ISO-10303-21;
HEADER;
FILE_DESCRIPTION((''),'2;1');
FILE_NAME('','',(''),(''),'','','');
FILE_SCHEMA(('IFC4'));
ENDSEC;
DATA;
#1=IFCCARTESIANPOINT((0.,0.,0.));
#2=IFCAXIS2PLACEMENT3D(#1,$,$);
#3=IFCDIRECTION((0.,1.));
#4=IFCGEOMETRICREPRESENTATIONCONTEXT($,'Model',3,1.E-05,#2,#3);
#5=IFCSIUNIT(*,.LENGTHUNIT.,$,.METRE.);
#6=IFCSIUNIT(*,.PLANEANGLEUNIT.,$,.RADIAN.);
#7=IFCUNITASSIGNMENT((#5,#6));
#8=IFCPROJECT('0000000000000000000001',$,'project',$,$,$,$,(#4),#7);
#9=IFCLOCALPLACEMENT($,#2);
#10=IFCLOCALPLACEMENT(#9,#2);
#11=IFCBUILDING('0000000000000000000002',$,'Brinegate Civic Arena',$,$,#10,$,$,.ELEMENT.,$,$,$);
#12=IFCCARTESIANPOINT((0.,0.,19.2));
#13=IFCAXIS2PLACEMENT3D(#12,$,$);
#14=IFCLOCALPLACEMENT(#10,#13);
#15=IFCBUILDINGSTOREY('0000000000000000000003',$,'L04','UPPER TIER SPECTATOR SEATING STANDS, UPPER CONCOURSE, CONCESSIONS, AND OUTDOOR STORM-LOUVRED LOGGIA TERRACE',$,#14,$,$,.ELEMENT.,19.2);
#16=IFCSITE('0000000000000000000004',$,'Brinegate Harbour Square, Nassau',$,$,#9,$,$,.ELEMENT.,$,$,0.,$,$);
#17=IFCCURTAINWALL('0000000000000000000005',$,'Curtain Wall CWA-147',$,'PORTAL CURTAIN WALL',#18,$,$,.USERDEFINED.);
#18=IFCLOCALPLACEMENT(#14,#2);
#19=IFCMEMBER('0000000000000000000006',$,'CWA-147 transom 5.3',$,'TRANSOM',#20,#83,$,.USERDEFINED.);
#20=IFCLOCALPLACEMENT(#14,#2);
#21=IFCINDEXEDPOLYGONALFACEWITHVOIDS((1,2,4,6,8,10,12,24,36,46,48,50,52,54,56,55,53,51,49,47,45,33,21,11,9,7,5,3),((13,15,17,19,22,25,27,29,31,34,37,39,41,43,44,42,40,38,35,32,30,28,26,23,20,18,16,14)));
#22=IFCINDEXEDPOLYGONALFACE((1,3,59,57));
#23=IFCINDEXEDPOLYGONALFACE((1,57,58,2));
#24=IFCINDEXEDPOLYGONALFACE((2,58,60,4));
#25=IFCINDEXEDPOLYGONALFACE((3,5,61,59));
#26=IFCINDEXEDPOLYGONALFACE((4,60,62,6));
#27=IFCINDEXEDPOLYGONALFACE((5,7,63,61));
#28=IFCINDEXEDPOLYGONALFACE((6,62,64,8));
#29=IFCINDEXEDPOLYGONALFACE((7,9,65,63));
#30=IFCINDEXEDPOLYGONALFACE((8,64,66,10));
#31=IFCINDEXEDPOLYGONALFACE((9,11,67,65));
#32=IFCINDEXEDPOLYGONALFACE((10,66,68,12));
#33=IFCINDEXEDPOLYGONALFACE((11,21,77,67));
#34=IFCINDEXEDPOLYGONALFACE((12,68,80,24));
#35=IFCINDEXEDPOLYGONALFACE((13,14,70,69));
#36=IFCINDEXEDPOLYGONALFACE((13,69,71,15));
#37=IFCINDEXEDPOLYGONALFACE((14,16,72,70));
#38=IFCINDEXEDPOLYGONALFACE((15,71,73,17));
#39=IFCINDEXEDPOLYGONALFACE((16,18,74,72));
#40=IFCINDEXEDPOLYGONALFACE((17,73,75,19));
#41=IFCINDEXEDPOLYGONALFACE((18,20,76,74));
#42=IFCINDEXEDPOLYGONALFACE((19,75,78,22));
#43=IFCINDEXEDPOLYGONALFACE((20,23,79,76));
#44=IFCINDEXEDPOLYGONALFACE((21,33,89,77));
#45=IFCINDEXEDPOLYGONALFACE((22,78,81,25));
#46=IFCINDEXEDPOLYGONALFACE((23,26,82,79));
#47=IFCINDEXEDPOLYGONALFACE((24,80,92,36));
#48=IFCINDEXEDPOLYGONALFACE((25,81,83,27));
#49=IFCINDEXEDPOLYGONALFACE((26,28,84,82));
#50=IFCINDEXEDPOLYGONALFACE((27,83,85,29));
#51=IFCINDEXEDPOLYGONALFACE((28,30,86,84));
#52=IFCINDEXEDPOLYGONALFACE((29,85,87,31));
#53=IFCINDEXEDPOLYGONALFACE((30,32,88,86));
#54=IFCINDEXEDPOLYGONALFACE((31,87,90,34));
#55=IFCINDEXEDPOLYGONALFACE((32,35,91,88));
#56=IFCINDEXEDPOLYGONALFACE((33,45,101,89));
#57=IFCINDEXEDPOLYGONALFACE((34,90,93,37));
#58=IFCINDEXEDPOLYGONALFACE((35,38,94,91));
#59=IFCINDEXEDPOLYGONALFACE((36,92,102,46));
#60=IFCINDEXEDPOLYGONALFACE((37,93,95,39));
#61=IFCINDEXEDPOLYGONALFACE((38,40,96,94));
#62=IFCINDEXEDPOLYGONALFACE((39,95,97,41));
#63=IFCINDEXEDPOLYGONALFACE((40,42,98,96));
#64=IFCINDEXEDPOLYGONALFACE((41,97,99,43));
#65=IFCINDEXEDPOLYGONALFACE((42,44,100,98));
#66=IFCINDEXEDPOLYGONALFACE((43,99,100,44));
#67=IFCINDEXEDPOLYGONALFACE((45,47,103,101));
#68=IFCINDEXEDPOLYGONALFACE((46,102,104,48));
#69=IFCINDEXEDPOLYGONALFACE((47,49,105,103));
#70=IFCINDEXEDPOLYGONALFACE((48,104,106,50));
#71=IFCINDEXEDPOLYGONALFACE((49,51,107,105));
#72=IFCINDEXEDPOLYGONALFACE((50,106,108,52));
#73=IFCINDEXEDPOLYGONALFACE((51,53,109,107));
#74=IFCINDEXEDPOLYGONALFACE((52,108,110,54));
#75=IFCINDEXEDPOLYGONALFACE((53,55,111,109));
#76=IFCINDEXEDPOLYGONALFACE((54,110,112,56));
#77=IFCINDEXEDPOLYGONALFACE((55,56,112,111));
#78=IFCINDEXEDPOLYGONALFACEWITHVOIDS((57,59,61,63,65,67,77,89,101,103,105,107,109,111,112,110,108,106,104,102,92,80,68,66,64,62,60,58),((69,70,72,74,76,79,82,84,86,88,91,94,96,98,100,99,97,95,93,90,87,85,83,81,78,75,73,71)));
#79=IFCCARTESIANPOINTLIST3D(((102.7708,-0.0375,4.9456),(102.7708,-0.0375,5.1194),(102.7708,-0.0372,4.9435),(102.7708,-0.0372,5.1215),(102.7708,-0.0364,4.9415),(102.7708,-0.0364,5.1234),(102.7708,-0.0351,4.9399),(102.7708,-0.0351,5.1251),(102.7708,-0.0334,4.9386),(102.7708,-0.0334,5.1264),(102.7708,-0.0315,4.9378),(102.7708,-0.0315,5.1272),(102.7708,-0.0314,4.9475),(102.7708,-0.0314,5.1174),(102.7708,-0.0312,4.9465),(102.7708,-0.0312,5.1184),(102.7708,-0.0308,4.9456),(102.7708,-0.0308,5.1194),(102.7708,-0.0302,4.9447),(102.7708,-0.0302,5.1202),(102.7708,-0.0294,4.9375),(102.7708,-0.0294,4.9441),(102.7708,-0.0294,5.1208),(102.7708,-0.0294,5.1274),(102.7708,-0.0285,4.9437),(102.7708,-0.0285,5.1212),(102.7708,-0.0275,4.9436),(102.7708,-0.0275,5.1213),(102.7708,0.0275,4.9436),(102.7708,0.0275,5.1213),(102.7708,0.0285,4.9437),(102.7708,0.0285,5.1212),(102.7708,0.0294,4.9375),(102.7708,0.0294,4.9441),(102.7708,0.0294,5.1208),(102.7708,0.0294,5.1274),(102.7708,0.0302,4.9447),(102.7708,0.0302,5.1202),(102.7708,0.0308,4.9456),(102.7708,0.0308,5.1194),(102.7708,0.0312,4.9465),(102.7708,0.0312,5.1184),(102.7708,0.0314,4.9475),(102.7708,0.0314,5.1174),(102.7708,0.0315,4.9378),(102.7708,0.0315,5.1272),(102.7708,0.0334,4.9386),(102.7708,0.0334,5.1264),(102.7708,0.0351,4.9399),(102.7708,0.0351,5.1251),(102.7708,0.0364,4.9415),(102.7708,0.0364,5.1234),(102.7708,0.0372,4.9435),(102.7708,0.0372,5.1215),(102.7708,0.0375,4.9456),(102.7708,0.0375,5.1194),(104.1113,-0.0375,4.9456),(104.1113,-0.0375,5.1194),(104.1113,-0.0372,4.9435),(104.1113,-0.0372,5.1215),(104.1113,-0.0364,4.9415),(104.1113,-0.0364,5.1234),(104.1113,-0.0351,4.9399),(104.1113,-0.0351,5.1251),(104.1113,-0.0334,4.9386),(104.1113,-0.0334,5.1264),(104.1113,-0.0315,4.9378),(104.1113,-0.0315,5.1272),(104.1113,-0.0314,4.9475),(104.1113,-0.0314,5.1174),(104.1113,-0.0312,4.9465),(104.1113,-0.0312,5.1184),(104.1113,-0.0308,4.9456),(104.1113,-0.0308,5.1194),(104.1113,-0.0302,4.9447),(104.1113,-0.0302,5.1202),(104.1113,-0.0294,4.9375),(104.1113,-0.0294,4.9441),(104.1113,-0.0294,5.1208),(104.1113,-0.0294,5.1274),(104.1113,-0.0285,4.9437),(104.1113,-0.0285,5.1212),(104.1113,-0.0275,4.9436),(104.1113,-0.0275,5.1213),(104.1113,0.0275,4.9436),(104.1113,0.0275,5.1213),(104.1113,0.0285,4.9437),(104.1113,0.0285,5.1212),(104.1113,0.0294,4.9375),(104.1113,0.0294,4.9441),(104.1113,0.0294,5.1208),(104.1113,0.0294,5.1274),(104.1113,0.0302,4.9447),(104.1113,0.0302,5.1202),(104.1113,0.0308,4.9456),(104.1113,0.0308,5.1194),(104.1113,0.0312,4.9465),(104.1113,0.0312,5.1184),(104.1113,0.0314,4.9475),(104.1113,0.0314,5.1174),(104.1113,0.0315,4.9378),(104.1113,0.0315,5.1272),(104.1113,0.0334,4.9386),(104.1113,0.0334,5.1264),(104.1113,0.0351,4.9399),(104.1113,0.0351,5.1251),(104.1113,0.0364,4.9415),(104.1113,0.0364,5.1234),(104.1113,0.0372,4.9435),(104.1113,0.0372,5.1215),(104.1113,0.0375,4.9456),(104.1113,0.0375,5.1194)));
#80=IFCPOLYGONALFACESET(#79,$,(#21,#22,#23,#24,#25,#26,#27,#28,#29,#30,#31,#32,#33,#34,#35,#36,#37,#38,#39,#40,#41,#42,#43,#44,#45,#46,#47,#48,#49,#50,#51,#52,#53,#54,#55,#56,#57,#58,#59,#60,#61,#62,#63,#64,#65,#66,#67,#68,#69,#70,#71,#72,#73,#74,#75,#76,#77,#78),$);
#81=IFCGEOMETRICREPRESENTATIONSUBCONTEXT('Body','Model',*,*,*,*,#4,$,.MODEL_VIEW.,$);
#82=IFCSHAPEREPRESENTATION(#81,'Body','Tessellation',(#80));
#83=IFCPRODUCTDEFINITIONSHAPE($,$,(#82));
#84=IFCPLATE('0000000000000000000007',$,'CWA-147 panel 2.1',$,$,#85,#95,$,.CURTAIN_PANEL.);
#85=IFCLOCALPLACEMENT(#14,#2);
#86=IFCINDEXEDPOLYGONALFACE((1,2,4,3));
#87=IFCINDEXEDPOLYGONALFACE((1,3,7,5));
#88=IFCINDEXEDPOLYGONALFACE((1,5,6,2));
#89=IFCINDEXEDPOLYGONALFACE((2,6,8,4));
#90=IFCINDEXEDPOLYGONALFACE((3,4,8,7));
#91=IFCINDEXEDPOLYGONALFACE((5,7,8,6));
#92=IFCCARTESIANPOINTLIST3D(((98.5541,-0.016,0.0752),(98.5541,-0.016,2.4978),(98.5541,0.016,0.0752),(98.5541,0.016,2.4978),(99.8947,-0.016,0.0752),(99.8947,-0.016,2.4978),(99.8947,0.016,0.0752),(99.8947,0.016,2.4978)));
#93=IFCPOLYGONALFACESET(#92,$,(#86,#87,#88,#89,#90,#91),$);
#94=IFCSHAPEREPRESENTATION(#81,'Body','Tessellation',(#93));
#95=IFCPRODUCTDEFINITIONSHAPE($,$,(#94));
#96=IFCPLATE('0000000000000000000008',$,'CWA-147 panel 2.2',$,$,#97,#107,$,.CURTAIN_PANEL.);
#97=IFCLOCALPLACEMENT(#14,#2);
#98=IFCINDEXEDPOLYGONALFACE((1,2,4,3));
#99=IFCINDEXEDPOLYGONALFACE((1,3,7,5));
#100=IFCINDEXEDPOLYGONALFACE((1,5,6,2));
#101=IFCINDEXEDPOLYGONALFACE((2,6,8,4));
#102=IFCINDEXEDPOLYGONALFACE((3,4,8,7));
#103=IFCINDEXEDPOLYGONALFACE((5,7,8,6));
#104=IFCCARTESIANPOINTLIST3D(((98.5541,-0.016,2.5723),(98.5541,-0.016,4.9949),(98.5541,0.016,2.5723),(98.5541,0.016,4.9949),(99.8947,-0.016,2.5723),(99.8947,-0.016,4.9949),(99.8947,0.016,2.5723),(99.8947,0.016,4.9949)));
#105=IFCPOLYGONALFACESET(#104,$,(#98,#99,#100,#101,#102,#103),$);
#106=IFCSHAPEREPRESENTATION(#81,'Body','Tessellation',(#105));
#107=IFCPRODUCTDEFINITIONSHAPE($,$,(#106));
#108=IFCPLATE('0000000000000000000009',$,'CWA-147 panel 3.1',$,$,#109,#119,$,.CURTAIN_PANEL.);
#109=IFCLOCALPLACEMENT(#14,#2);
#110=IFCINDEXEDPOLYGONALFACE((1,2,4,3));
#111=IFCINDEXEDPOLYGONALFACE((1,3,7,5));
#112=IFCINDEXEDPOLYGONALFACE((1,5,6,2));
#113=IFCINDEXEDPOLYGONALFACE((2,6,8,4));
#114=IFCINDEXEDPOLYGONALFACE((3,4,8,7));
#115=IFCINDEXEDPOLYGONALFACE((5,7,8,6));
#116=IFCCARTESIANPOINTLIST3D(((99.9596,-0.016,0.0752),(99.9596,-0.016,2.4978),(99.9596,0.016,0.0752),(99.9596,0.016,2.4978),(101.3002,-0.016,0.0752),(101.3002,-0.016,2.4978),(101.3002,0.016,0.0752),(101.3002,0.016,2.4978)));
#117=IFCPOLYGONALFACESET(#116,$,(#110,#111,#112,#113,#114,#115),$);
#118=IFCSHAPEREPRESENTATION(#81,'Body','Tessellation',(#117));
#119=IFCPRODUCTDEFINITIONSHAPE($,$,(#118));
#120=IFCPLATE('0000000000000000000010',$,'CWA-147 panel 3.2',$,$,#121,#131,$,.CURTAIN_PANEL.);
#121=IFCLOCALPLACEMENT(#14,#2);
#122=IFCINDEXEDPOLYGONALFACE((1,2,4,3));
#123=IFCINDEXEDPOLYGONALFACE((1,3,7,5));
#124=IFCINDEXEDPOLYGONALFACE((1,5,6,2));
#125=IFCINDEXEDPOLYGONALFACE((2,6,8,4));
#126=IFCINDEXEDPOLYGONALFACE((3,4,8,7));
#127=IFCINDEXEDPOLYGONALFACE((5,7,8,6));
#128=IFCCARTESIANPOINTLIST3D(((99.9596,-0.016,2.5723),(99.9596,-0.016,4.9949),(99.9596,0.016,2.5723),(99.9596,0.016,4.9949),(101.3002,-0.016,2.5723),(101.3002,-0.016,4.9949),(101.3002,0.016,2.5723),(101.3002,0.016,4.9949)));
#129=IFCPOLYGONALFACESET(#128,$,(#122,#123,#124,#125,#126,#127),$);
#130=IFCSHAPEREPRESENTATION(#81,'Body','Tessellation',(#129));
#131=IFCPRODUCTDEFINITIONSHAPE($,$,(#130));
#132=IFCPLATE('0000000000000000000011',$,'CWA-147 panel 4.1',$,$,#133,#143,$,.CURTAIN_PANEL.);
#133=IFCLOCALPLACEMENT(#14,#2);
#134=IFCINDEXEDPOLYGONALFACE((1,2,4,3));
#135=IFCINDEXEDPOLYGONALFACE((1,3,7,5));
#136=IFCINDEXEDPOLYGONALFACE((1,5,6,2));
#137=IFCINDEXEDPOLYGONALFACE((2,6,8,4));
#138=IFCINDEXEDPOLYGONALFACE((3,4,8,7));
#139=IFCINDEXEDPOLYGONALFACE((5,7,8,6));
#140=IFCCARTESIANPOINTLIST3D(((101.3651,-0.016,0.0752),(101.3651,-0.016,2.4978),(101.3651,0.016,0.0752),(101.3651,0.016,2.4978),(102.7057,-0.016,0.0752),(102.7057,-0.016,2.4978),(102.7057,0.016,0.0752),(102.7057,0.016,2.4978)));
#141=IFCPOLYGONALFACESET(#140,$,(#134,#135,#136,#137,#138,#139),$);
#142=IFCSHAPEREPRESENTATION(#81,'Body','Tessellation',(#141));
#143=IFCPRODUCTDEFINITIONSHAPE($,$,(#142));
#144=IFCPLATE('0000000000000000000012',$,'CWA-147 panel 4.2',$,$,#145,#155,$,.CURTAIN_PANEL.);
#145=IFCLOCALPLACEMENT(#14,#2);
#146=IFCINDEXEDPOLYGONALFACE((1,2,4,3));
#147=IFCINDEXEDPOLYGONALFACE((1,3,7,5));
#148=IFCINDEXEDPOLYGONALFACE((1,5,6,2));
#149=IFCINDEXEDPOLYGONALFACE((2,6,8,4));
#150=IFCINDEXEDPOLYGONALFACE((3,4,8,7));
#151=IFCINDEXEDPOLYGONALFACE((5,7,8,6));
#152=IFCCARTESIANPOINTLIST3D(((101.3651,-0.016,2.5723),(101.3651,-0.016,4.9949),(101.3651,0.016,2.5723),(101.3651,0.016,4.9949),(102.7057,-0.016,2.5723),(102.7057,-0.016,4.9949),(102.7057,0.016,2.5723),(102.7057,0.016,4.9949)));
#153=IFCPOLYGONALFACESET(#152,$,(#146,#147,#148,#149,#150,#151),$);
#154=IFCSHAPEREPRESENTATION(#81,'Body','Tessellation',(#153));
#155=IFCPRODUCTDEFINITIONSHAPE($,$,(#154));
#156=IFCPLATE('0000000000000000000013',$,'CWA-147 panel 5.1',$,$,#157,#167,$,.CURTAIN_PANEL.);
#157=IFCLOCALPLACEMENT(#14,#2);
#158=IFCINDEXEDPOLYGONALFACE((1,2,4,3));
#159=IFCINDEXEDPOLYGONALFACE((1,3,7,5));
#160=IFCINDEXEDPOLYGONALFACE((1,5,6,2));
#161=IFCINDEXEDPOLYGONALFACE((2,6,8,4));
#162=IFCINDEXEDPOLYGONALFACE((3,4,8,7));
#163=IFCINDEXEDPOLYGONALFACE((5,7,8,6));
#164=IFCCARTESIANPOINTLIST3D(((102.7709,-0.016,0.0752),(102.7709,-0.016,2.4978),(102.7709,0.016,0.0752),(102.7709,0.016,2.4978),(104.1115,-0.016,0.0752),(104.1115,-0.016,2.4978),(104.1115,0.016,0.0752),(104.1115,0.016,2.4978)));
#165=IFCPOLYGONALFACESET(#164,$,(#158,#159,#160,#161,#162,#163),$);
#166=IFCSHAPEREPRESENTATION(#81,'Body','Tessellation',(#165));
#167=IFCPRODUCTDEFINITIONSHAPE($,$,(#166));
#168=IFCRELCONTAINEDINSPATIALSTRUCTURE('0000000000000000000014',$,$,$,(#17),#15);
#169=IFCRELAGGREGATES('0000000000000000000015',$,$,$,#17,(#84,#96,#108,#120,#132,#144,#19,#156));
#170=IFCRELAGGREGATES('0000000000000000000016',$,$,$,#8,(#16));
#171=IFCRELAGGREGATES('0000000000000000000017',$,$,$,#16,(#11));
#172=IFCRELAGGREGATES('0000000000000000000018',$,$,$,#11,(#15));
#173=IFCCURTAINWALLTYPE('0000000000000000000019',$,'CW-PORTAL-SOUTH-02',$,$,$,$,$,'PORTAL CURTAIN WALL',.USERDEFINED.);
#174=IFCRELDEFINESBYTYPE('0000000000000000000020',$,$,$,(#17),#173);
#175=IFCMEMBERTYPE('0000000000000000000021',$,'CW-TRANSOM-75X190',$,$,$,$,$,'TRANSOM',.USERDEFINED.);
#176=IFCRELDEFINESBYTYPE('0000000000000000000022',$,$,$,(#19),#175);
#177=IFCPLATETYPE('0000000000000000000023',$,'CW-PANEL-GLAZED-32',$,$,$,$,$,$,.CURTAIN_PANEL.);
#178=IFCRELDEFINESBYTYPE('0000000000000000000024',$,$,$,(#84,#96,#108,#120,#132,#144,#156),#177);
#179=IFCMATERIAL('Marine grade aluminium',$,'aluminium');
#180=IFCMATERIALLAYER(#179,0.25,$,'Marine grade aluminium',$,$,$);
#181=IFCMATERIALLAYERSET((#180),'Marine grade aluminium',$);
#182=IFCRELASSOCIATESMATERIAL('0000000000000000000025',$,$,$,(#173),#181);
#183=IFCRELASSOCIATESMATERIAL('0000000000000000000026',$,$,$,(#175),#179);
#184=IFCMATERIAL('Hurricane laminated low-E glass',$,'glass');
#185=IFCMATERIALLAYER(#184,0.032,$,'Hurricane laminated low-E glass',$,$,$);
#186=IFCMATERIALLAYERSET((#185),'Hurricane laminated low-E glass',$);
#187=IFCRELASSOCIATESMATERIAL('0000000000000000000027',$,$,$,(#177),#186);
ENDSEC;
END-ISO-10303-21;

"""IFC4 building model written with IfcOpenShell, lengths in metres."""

from ifc_helpers import new_model, si_unit, direction, frame, origin, origin_2d, place, context, subcontext, project, spatial, rectangle, hollow_rectangle, extrude, material, layer, layer_set, material_profile, profile_set, type_object, element, aggregate, save


model = new_model("IFC4")

# Units and contexts
model_context = context("Model", 3, precision=1e-05, world=origin(), true_north=direction((0.0, 1.0)))
body_context = subcontext(model_context, "Body", "Model", "MODEL_VIEW")
ifc_project = project(units=[si_unit("LENGTHUNIT", "METRE"), si_unit("PLANEANGLEUNIT", "RADIAN")], contexts=[model_context])

# Site, building, storey
site_placement = place(None, origin())
site = spatial("IfcSite", under=ifc_project, at=site_placement, Name="Brinegate Harbour Square, Nassau", CompositionType="ELEMENT", RefElevation=0.0)
building_placement = place(site_placement, origin())
building = spatial("IfcBuilding", under=site, at=building_placement, Name="Brinegate Civic Arena", CompositionType="ELEMENT")
storey_placement = place(building_placement, frame((0.0, 0.0, 19.2)))
storey = spatial("IfcBuildingStorey", under=building, at=storey_placement, Name="L04", Description="UPPER TIER SPECTATOR SEATING STANDS, UPPER CONCOURSE, CONCESSIONS, AND OUTDOOR STORM-LOUVRED LOGGIA TERRACE", CompositionType="ELEMENT", Elevation=19.2)

# Curtain wall, member, plates
ifc_material_1 = material(Name="Marine grade aluminium", Category="aluminium")
ifc_layer_1 = layer(ifc_material_1, 0.25, Name="Marine grade aluminium")
ifc_layer_set_1 = layer_set([ifc_layer_1], Name="Marine grade aluminium")
curtain_wall_type = type_object("IfcCurtainWallType", Name="CW-PORTAL-SOUTH-02", ElementType="PORTAL CURTAIN WALL", PredefinedType="USERDEFINED", material=ifc_layer_set_1)
curtain_wall_placement = place(storey_placement, origin())
curtain_wall = element("IfcCurtainWall", 1, at=curtain_wall_placement, inside=storey, type_object=curtain_wall_type, Name="Curtain Wall CWA-147", ObjectType="PORTAL CURTAIN WALL", PredefinedType="USERDEFINED")
ifc_material_profile_1 = material_profile(ifc_material_1, hollow_rectangle(XDim=0.075, YDim=0.1899, WallThickness=0.0061, InnerFilletRadius=0.0039, OuterFilletRadius=0.0081, at=origin_2d()), Name="TRN75X190")
ifc_profile_set_1 = profile_set([ifc_material_profile_1], Name="Marine grade aluminium")
member_type_1 = type_object("IfcMemberType", Name="CW-TRANSOM-75X190", ElementType="TRANSOM", PredefinedType="USERDEFINED", material=ifc_profile_set_1)
member_1_placement = place(storey_placement, frame((102.7708, 0.0, 5.0325), z_axis=(1.0, 0.0, 0.0), x_axis=(0.0, 1.0, 0.0)))
member_1 = element("IfcMember", 2, at=member_1_placement, type_object=member_type_1, Name="CWA-147 transom 5.3", ObjectType="TRANSOM", PredefinedType="USERDEFINED", context=body_context, shape_type="SweptSolid", body=[
    extrude(hollow_rectangle(XDim=0.075, YDim=0.1899, WallThickness=0.0061, InnerFilletRadius=0.0039, OuterFilletRadius=0.0081, at=origin_2d()), origin(), (0.0, 0.0, 1.0), 1.3406),
])
ifc_material_2 = material(Name="Hurricane laminated low-E glass", Category="glass")
ifc_layer_2 = layer(ifc_material_2, 0.032, Name="Hurricane laminated low-E glass")
ifc_layer_set_2 = layer_set([ifc_layer_2], Name="Hurricane laminated low-E glass")
plate_type = type_object("IfcPlateType", Name="CW-PANEL-GLAZED-32", PredefinedType="CURTAIN_PANEL", material=ifc_layer_set_2)
plate_1_placement = place(storey_placement, frame((99.2244, 0.0, 0.0752), z_axis=(0.0, 0.0, 1.0), x_axis=(1.0, 0.0, 0.0)))
plate_1 = element("IfcPlate", 3, at=plate_1_placement, type_object=plate_type, Name="CWA-147 panel 2.1", PredefinedType="CURTAIN_PANEL", context=body_context, shape_type="SweptSolid", body=[
    extrude(rectangle(XDim=1.3406, YDim=0.032, at=origin_2d()), origin(), (0.0, 0.0, 1.0), 2.4226),
])
plate_2_placement = place(storey_placement, frame((99.2244, 0.0, 2.5723), z_axis=(0.0, 0.0, 1.0), x_axis=(1.0, 0.0, 0.0)))
plate_2 = element("IfcPlate", 4, at=plate_2_placement, type_object=plate_type, Name="CWA-147 panel 2.2", PredefinedType="CURTAIN_PANEL", context=body_context, shape_type="SweptSolid", body=[
    extrude(rectangle(XDim=1.3406, YDim=0.032, at=origin_2d()), origin(), (0.0, 0.0, 1.0), 2.4226),
])
plate_3_placement = place(storey_placement, frame((100.6299, 0.0, 0.0752), z_axis=(0.0, 0.0, 1.0), x_axis=(1.0, 0.0, 0.0)))
plate_3 = element("IfcPlate", 5, at=plate_3_placement, type_object=plate_type, Name="CWA-147 panel 3.1", PredefinedType="CURTAIN_PANEL", context=body_context, shape_type="SweptSolid", body=[
    extrude(rectangle(XDim=1.3406, YDim=0.032, at=origin_2d()), origin(), (0.0, 0.0, 1.0), 2.4226),
])
plate_4_placement = place(storey_placement, frame((100.6299, 0.0, 2.5723), z_axis=(0.0, 0.0, 1.0), x_axis=(1.0, 0.0, 0.0)))
plate_4 = element("IfcPlate", 6, at=plate_4_placement, type_object=plate_type, Name="CWA-147 panel 3.2", PredefinedType="CURTAIN_PANEL", context=body_context, shape_type="SweptSolid", body=[
    extrude(rectangle(XDim=1.3406, YDim=0.032, at=origin_2d()), origin(), (0.0, 0.0, 1.0), 2.4226),
])
plate_5_placement = place(storey_placement, frame((102.0354, 0.0, 0.0752), z_axis=(0.0, 0.0, 1.0), x_axis=(1.0, 0.0, 0.0)))
plate_5 = element("IfcPlate", 7, at=plate_5_placement, type_object=plate_type, Name="CWA-147 panel 4.1", PredefinedType="CURTAIN_PANEL", context=body_context, shape_type="SweptSolid", body=[
    extrude(rectangle(XDim=1.3406, YDim=0.032, at=origin_2d()), origin(), (0.0, 0.0, 1.0), 2.4226),
])
plate_6_placement = place(storey_placement, frame((102.0354, 0.0, 2.5723), z_axis=(0.0, 0.0, 1.0), x_axis=(1.0, 0.0, 0.0)))
plate_6 = element("IfcPlate", 8, at=plate_6_placement, type_object=plate_type, Name="CWA-147 panel 4.2", PredefinedType="CURTAIN_PANEL", context=body_context, shape_type="SweptSolid", body=[
    extrude(rectangle(XDim=1.3406, YDim=0.032, at=origin_2d()), origin(), (0.0, 0.0, 1.0), 2.4226),
])
plate_7_placement = place(storey_placement, frame((103.4412, 0.0, 0.0752), z_axis=(0.0, 0.0, 1.0), x_axis=(1.0, 0.0, 0.0)))
plate_7 = element("IfcPlate", 9, at=plate_7_placement, type_object=plate_type, Name="CWA-147 panel 5.1", PredefinedType="CURTAIN_PANEL", context=body_context, shape_type="SweptSolid", body=[
    extrude(rectangle(XDim=1.3406, YDim=0.032, at=origin_2d()), origin(), (0.0, 0.0, 1.0), 2.4226),
])
aggregate(curtain_wall, [plate_1, plate_2, plate_3, plate_4, plate_5, plate_6, member_1, plate_7])

save(model, "model.ifc")
